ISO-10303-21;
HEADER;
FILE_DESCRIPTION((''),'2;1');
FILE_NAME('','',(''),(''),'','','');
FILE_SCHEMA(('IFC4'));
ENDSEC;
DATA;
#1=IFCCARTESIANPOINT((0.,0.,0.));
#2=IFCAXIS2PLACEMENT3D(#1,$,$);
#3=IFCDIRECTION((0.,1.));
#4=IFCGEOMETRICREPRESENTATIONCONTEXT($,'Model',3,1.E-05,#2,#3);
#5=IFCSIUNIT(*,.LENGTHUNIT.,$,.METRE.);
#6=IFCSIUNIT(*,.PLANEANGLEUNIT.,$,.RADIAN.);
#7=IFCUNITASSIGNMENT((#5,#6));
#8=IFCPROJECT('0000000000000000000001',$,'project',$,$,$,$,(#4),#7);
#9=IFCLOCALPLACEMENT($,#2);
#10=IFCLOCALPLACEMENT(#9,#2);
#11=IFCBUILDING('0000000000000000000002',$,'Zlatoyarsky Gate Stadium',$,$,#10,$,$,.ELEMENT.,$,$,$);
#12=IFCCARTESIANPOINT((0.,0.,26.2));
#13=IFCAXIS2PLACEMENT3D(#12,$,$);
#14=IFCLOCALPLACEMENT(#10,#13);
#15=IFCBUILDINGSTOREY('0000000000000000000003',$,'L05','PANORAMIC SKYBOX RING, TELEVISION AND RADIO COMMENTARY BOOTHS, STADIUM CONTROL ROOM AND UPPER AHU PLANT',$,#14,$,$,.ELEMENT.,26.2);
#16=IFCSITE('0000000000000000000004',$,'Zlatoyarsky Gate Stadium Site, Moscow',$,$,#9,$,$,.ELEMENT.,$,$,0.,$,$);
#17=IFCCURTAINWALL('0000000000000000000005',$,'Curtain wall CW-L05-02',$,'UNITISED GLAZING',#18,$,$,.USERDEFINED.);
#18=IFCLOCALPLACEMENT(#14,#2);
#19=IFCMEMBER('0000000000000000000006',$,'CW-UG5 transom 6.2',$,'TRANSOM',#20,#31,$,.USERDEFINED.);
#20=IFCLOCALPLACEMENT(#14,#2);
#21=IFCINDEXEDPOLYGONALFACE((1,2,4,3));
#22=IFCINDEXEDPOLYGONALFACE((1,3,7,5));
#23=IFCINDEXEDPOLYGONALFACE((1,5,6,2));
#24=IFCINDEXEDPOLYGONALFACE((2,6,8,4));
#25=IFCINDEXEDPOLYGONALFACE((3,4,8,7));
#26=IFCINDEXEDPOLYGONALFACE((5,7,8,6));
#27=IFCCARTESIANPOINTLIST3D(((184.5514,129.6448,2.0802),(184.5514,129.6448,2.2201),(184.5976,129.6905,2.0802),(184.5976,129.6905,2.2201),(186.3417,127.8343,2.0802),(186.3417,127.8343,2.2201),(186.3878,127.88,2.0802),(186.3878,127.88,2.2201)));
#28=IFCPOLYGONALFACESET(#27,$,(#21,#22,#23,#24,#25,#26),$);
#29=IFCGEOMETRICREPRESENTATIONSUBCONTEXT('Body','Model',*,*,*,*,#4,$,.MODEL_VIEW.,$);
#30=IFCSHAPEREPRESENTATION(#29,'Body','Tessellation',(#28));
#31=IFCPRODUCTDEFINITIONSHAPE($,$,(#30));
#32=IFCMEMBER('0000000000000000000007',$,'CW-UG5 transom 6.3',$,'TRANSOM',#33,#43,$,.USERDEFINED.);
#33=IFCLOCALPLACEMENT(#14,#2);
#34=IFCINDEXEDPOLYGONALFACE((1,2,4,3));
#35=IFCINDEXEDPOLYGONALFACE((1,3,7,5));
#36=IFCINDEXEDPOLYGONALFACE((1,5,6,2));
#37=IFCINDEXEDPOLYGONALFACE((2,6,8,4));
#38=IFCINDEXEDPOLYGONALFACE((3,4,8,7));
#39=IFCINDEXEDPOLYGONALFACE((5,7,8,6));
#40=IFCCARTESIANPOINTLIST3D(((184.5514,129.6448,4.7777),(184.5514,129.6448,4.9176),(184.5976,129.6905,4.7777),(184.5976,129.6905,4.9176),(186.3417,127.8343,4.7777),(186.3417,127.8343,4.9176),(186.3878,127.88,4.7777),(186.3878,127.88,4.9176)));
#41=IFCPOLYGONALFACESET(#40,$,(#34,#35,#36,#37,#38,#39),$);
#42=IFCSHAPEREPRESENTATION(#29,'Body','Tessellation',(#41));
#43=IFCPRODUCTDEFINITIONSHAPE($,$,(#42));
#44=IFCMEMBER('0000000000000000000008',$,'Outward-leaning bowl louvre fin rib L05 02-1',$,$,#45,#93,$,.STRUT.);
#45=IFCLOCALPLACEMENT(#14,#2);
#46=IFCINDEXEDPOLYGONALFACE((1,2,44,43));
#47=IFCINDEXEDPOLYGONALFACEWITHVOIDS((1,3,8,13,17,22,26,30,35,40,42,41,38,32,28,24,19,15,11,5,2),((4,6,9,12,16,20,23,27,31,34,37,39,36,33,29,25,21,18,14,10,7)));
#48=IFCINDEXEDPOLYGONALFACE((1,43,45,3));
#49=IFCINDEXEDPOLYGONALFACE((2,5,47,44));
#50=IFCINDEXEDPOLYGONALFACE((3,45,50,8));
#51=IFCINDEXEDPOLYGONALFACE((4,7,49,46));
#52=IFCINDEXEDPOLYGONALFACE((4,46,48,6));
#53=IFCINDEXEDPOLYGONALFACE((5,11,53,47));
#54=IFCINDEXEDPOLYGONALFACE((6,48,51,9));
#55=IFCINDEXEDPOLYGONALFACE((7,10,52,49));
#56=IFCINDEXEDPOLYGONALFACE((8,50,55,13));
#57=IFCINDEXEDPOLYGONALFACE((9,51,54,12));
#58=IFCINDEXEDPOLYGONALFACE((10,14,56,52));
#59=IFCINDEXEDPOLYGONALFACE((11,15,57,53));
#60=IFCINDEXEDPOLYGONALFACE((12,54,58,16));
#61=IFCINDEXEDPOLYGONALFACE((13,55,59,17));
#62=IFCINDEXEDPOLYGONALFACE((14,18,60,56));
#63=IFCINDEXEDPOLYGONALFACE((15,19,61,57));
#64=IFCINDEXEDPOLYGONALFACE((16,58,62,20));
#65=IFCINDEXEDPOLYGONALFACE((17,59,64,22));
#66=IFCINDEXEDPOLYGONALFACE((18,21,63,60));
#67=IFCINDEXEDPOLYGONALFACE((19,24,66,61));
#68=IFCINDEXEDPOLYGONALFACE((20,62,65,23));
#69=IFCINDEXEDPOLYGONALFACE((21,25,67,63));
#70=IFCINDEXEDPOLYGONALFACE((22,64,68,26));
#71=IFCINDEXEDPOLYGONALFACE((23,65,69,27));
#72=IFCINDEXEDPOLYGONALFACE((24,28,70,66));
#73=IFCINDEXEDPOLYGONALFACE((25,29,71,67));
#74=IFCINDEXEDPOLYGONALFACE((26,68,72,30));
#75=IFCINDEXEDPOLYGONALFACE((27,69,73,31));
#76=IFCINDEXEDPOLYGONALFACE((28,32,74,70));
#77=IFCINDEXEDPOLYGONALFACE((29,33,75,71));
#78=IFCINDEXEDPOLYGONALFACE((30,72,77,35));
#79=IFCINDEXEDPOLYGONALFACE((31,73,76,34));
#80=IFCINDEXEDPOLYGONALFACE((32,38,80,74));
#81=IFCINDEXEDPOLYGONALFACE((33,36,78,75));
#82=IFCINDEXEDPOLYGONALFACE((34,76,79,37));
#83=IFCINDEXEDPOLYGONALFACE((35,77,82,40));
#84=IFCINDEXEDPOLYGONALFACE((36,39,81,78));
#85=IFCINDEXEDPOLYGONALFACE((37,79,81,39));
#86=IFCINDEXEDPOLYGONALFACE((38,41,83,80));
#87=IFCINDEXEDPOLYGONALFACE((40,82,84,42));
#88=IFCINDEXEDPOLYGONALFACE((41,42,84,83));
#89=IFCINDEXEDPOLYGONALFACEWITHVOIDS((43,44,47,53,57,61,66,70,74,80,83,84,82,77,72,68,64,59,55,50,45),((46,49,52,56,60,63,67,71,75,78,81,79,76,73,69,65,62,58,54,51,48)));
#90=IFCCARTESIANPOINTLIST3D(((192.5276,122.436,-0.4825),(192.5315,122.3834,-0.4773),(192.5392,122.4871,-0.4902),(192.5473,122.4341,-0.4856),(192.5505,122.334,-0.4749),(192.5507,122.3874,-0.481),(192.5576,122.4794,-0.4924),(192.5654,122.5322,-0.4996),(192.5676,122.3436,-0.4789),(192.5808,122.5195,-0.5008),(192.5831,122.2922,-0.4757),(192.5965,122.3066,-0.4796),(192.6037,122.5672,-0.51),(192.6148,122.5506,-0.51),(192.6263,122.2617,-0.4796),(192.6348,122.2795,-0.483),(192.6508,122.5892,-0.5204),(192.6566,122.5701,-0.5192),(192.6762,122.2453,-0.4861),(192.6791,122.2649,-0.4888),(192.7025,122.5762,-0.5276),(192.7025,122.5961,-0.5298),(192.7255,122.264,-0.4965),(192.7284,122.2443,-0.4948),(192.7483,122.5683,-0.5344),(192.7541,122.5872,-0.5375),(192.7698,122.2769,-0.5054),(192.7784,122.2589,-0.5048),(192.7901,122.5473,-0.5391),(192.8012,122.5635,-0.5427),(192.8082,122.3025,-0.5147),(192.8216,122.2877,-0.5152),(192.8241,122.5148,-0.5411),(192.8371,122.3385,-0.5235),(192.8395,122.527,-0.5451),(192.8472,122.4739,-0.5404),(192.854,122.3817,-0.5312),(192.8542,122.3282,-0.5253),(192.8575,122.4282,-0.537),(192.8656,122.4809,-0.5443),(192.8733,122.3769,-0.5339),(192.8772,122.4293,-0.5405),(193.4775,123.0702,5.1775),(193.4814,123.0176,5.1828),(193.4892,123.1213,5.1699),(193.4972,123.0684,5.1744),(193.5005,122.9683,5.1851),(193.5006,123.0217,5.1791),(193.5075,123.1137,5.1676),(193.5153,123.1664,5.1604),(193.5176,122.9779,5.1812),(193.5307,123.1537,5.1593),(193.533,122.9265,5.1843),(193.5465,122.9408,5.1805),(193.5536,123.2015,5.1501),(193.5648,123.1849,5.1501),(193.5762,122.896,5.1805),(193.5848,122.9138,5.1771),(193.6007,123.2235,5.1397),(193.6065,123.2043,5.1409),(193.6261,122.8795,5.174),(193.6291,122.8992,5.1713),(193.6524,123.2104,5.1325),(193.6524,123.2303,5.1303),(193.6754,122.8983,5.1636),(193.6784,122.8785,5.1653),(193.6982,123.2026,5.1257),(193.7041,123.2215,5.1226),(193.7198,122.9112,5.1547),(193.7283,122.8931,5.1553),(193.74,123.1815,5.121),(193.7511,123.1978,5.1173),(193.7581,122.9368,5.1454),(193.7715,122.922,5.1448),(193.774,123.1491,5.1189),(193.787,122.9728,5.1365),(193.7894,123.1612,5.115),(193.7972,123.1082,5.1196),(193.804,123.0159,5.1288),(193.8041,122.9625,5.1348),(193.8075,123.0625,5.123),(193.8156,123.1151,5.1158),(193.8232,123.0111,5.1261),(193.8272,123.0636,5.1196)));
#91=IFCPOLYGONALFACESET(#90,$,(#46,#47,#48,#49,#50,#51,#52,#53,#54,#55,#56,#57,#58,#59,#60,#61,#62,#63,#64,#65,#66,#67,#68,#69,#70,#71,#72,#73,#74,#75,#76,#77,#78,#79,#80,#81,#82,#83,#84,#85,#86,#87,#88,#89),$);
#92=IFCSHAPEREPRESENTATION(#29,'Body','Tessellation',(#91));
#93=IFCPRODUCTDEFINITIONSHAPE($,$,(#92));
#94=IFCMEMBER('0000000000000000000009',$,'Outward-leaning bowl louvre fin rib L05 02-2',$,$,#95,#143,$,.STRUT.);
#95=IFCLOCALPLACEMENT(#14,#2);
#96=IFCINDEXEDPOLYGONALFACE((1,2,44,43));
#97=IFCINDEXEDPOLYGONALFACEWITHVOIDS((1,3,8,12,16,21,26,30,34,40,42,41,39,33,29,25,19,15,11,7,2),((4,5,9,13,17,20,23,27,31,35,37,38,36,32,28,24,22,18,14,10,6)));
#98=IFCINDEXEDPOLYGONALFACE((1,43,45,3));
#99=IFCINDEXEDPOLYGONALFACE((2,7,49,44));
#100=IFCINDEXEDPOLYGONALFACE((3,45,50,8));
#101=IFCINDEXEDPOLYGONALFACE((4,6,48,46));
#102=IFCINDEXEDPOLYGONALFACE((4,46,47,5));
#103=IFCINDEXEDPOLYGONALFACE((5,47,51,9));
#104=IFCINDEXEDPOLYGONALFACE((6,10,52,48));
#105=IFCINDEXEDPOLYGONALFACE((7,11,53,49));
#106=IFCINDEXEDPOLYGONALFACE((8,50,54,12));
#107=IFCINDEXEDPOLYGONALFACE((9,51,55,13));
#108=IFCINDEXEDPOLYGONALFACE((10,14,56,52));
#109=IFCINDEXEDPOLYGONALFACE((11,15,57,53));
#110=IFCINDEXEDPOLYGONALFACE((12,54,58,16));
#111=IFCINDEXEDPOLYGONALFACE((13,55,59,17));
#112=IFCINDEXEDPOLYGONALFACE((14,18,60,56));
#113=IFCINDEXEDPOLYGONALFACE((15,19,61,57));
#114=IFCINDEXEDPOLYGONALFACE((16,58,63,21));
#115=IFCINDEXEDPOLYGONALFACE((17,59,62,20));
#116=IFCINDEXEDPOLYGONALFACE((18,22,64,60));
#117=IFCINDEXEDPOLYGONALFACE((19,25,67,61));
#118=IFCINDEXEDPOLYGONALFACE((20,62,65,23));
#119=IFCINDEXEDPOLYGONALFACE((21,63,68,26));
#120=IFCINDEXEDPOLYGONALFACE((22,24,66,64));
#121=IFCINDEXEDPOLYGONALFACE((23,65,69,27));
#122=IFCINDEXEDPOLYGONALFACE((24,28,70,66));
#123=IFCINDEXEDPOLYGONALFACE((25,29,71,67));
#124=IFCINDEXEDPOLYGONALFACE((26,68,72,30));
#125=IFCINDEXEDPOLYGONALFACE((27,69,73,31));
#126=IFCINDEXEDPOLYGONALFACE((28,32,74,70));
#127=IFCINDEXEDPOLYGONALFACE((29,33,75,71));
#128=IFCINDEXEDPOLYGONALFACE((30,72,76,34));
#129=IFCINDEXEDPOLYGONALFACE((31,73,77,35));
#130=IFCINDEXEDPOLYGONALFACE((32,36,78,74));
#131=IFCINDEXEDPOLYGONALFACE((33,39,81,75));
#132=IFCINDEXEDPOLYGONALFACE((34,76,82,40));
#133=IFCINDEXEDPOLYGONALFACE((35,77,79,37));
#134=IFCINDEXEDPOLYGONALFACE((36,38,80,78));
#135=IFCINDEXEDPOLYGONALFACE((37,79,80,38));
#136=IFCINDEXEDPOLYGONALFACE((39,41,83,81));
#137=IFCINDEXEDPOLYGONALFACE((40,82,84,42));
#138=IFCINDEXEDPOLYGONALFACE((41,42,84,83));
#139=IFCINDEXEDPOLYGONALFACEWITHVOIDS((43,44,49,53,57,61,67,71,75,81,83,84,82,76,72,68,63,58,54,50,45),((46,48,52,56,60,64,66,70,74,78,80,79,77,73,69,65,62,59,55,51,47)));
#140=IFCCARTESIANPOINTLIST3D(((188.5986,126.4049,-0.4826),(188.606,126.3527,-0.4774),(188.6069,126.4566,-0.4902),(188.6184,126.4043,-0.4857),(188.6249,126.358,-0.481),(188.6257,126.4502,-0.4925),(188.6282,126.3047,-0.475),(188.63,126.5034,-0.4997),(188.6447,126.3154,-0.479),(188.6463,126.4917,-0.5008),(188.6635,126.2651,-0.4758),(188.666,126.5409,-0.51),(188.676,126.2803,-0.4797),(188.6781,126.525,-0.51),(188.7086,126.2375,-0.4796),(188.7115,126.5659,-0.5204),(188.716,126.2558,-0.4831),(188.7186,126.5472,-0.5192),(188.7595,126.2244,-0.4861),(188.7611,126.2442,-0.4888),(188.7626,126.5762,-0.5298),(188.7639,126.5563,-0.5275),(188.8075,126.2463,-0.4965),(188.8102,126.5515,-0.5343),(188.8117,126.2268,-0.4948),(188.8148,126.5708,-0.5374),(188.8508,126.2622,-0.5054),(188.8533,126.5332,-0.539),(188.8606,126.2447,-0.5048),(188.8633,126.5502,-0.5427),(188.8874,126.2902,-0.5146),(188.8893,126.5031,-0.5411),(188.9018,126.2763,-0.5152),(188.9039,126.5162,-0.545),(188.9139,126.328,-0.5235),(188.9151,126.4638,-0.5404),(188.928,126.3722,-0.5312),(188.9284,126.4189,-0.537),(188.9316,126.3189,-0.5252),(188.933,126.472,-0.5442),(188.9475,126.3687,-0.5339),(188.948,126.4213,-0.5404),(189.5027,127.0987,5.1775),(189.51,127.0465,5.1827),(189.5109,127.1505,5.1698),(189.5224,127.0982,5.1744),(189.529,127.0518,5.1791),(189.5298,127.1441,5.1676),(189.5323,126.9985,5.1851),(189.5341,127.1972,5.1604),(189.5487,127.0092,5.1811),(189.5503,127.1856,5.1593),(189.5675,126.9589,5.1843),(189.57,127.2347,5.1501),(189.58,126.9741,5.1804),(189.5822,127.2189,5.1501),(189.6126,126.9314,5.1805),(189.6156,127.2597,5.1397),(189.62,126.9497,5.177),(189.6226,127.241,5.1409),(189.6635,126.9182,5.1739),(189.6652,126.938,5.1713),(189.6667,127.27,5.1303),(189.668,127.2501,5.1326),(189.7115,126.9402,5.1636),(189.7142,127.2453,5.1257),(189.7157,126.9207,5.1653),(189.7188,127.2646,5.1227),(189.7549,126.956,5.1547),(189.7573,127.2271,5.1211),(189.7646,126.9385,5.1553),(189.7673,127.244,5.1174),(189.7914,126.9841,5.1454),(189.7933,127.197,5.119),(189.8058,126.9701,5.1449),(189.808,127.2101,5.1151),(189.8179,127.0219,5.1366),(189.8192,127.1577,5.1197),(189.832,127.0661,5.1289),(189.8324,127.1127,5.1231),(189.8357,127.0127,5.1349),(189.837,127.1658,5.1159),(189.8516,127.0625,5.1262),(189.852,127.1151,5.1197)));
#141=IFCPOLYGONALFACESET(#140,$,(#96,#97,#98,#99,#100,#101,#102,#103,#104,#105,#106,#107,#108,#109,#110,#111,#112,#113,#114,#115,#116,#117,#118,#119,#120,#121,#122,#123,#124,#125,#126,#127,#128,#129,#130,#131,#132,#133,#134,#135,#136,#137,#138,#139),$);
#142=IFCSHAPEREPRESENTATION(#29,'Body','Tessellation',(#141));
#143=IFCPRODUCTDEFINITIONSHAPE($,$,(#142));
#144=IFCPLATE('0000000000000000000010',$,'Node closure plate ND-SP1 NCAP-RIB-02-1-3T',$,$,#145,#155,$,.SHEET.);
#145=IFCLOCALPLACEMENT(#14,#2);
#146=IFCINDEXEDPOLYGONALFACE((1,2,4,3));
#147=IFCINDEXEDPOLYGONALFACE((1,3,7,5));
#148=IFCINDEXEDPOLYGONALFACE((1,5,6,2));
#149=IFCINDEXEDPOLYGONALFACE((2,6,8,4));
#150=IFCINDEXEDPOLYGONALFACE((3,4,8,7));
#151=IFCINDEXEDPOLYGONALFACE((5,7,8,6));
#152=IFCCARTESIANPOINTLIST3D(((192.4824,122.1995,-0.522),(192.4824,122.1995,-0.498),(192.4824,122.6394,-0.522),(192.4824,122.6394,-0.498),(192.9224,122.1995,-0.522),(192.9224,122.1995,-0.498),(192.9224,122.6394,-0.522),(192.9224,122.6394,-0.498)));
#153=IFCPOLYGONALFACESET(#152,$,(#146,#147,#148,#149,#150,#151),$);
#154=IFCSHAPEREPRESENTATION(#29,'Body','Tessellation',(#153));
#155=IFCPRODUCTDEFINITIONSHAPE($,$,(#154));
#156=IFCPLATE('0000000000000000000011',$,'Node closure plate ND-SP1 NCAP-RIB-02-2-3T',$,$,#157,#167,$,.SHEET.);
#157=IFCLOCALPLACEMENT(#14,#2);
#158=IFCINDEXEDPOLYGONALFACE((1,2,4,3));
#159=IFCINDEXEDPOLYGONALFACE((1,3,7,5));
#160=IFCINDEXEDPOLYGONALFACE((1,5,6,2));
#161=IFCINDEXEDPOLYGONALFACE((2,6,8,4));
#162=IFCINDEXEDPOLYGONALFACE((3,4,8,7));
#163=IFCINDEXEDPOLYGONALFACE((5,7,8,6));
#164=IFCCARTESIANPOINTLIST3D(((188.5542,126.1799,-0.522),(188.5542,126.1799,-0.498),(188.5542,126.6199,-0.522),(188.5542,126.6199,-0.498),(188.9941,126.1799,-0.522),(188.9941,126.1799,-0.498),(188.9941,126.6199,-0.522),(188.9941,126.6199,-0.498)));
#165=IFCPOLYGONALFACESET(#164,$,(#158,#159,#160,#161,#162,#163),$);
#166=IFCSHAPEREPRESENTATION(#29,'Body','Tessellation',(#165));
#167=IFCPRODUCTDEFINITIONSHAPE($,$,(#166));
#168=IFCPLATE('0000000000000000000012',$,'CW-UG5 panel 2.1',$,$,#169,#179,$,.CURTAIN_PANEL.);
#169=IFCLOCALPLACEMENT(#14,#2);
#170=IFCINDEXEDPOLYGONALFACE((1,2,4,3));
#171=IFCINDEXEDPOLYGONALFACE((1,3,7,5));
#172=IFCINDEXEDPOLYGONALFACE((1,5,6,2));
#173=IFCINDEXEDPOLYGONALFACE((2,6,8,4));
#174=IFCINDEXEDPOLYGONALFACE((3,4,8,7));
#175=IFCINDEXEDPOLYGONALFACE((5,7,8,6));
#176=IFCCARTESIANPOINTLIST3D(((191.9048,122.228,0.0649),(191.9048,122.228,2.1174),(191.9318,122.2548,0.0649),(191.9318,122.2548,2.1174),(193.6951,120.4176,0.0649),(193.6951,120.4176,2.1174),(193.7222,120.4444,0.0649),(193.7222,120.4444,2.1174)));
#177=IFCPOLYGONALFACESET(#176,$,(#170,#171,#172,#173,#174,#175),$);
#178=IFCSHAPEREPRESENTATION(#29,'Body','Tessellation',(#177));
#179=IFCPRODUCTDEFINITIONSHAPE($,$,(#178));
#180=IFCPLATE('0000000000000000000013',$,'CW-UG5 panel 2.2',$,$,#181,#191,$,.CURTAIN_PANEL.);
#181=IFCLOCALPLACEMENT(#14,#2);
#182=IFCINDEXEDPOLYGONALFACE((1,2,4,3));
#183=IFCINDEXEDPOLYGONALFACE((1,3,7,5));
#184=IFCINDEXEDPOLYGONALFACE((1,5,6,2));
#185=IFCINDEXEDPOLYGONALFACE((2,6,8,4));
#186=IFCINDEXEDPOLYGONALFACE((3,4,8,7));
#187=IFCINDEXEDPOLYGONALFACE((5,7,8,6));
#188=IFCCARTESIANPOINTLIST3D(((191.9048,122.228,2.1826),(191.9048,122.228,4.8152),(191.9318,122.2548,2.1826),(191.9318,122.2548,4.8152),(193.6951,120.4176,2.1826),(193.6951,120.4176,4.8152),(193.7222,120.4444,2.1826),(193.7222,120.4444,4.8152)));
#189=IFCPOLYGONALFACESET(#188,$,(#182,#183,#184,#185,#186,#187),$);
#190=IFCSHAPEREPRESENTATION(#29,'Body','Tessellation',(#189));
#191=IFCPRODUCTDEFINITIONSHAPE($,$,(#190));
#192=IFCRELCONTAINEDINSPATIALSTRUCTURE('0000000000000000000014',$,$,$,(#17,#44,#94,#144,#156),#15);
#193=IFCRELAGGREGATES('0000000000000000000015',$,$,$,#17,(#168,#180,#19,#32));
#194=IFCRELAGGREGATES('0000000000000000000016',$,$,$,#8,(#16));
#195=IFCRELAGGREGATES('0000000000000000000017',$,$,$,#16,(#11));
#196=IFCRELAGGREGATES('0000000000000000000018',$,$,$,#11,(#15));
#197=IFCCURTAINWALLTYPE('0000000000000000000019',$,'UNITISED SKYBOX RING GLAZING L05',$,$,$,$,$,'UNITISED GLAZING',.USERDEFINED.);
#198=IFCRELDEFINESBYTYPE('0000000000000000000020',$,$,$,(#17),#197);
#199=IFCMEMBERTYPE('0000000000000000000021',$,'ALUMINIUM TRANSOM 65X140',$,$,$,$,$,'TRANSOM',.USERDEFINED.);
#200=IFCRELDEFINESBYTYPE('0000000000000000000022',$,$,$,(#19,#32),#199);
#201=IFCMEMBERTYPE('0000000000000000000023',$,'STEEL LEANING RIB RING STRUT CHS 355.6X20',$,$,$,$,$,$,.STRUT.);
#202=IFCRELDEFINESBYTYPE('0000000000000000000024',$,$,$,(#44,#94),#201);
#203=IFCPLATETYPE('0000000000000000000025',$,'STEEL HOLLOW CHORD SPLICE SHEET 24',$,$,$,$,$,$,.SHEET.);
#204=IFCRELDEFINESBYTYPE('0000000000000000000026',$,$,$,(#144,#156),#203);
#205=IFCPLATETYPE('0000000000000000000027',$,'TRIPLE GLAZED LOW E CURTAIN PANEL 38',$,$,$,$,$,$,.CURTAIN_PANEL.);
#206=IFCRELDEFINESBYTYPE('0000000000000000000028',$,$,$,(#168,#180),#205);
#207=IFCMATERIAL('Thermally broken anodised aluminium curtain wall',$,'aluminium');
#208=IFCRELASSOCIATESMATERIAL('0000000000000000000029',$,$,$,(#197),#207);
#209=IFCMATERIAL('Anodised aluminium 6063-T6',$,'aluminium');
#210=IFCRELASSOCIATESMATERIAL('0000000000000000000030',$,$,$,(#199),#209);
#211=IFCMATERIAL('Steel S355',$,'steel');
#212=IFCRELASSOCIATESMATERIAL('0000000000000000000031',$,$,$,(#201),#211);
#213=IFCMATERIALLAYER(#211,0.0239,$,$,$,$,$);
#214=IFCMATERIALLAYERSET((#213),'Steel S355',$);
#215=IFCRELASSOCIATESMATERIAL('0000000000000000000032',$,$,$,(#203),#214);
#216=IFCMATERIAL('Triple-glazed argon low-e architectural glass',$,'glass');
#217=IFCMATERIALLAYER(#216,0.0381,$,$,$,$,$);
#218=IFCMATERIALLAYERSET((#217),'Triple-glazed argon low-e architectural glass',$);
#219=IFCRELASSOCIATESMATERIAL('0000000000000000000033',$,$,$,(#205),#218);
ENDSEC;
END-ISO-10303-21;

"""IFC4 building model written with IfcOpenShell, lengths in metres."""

from ifc_helpers import new_model, si_unit, direction, frame, origin, origin_2d, place, context, subcontext, project, spatial, rectangle, hollow_circle, extrude, material, layer, layer_set, material_profile, profile_set, type_object, element, aggregate, save


model = new_model("IFC4")

# Units and contexts
model_context = context("Model", 3, precision=1e-05, world=origin(), true_north=direction((0.0, 1.0)))
body_context = subcontext(model_context, "Body", "Model", "MODEL_VIEW")
ifc_project = project(units=[si_unit("LENGTHUNIT", "METRE"), si_unit("PLANEANGLEUNIT", "RADIAN")], contexts=[model_context])

# Site, building, storey
site_placement = place(None, origin())
site = spatial("IfcSite", under=ifc_project, at=site_placement, Name="Zlatoyarsky Gate Stadium Site, Moscow", CompositionType="ELEMENT", RefElevation=0.0)
building_placement = place(site_placement, origin())
building = spatial("IfcBuilding", under=site, at=building_placement, Name="Zlatoyarsky Gate Stadium", CompositionType="ELEMENT")
storey_placement = place(building_placement, frame((0.0, 0.0, 26.2)))
storey = spatial("IfcBuildingStorey", under=building, at=storey_placement, Name="L05", Description="PANORAMIC SKYBOX RING, TELEVISION AND RADIO COMMENTARY BOOTHS, STADIUM CONTROL ROOM AND UPPER AHU PLANT", CompositionType="ELEMENT", Elevation=26.2)

# Curtain wall, members
ifc_material_1 = material(Name="Thermally broken anodised aluminium curtain wall", Category="aluminium")
curtain_wall_type = type_object("IfcCurtainWallType", Name="UNITISED SKYBOX RING GLAZING L05", ElementType="UNITISED GLAZING", PredefinedType="USERDEFINED", material=ifc_material_1)
curtain_wall_placement = place(storey_placement, origin())
curtain_wall = element("IfcCurtainWall", 1, at=curtain_wall_placement, inside=storey, type_object=curtain_wall_type, Name="Curtain wall CW-L05-02", ObjectType="UNITISED GLAZING", PredefinedType="USERDEFINED")
ifc_material_2 = material(Name="Anodised aluminium 6063-T6", Category="aluminium")
ifc_material_profile_1 = material_profile(ifc_material_2, rectangle(XDim=0.0649, YDim=0.1399, at=origin_2d()), Name="ALU 65X140")
ifc_profile_set_1 = profile_set([ifc_material_profile_1], Name="Anodised aluminium 6063-T6")
member_type_1 = type_object("IfcMemberType", Name="ALUMINIUM TRANSOM 65X140", ElementType="TRANSOM", PredefinedType="USERDEFINED", material=ifc_profile_set_1)
member_1_placement = place(storey_placement, frame((186.3647, 127.8572, 2.1501), z_axis=(-0.703116, 0.711075, 0.0), x_axis=(-0.711075, -0.703116, 0.0)))
member_1 = element("IfcMember", 2, at=member_1_placement, type_object=member_type_1, Name="CW-UG5 transom 6.2", ObjectType="TRANSOM", PredefinedType="USERDEFINED", context=body_context, shape_type="SweptSolid", body=[
    extrude(rectangle(XDim=0.0649, YDim=0.1399, at=origin_2d()), origin(), (0.0, 0.0, 1.0), 2.5461),
])
member_2_placement = place(storey_placement, frame((186.3647, 127.8572, 4.8477), z_axis=(-0.703116, 0.711075, 0.0), x_axis=(-0.711075, -0.703116, 0.0)))
member_2 = element("IfcMember", 3, at=member_2_placement, type_object=member_type_1, Name="CW-UG5 transom 6.3", ObjectType="TRANSOM", PredefinedType="USERDEFINED", context=body_context, shape_type="SweptSolid", body=[
    extrude(rectangle(XDim=0.0649, YDim=0.1399, at=origin_2d()), origin(), (0.0, 0.0, 1.0), 2.5461),
])

# Members
ifc_material_3 = material(Name="Steel S355", Category="steel")
ifc_material_profile_2 = material_profile(ifc_material_3, hollow_circle(Radius=0.1777, WallThickness=0.02, at=origin_2d()), Name="CHS 355.6X20")
ifc_profile_set_2 = profile_set([ifc_material_profile_2], Name="Steel S355")
member_type_2 = type_object("IfcMemberType", Name="STEEL LEANING RIB RING STRUT CHS 355.6X20", PredefinedType="STRUT", material=ifc_profile_set_2)
member_3_placement = place(storey_placement, frame((192.7024, 122.4194, -0.51), z_axis=(0.164515, 0.109846, 0.980239), x_axis=(-0.555292, 0.831655, 0.0)))
element("IfcMember", 4, at=member_3_placement, inside=storey, type_object=member_type_2, Name="Outward-leaning bowl louvre fin rib L05 02-1", PredefinedType="STRUT", context=body_context, shape_type="SweptSolid", body=[
    extrude(hollow_circle(Radius=0.1777, WallThickness=0.02, at=origin_2d()), origin(), (0.0, 0.0, 1.0), 5.7742),
])
member_4_placement = place(storey_placement, frame((188.7742, 126.3999, -0.51), z_axis=(0.15658, 0.120173, 0.980327), x_axis=(-0.608841, 0.793292, 0.0)))
element("IfcMember", 5, at=member_4_placement, inside=storey, type_object=member_type_2, Name="Outward-leaning bowl louvre fin rib L05 02-2", PredefinedType="STRUT", context=body_context, shape_type="SweptSolid", body=[
    extrude(hollow_circle(Radius=0.1777, WallThickness=0.02, at=origin_2d()), origin(), (0.0, 0.0, 1.0), 5.7737),
])

# Plates
ifc_layer_1 = layer(ifc_material_3, 0.0239)
ifc_layer_set_1 = layer_set([ifc_layer_1], Name="Steel S355")
plate_type_1 = type_object("IfcPlateType", Name="STEEL HOLLOW CHORD SPLICE SHEET 24", PredefinedType="SHEET", material=ifc_layer_set_1)
for number, where, z_axis, x_axis, name in (
    (6, (192.7024, 122.4194, -0.522), (0.0, 0.0, 1.0), (1.0, 0.0, 0.0), "Node closure plate ND-SP1 NCAP-RIB-02-1-3T"),
    (7, (188.7742, 126.3999, -0.522), (0.0, 0.0, 1.0), (1.0, 0.0, 0.0), "Node closure plate ND-SP1 NCAP-RIB-02-2-3T"),
):
    element("IfcPlate", number, at=place(storey_placement, frame(where, z_axis=z_axis, x_axis=x_axis)), inside=storey, type_object=plate_type_1, Name=name, PredefinedType="SHEET", context=body_context, shape_type="SweptSolid", body=[
        extrude(rectangle(XDim=0.4399, YDim=0.4399, at=origin_2d()), origin(), (0.0, 0.0, 1.0), 0.0239),
    ])

# Plates
ifc_material_4 = material(Name="Triple-glazed argon low-e architectural glass", Category="glass")
ifc_layer_2 = layer(ifc_material_4, 0.0381)
ifc_layer_set_2 = layer_set([ifc_layer_2], Name="Triple-glazed argon low-e architectural glass")
plate_type_2 = type_object("IfcPlateType", Name="TRIPLE GLAZED LOW E CURTAIN PANEL 38", PredefinedType="CURTAIN_PANEL", material=ifc_layer_set_2)
plate_1_placement = place(storey_placement, frame((192.8135, 121.3362, 0.0649), z_axis=(0.0, 0.0, 1.0), x_axis=(-0.703156, 0.711036, 0.0)))
plate_1 = element("IfcPlate", 8, at=plate_1_placement, type_object=plate_type_2, Name="CW-UG5 panel 2.1", PredefinedType="CURTAIN_PANEL", context=body_context, shape_type="SweptSolid", body=[
    extrude(rectangle(XDim=2.5461, YDim=0.0381, at=origin_2d()), origin(), (0.0, 0.0, 1.0), 2.0525),
])
plate_2_placement = place(storey_placement, frame((192.8135, 121.3362, 2.1826), z_axis=(0.0, 0.0, 1.0), x_axis=(-0.703156, 0.711036, 0.0)))
plate_2 = element("IfcPlate", 9, at=plate_2_placement, type_object=plate_type_2, Name="CW-UG5 panel 2.2", PredefinedType="CURTAIN_PANEL", context=body_context, shape_type="SweptSolid", body=[
    extrude(rectangle(XDim=2.5461, YDim=0.0381, at=origin_2d()), origin(), (0.0, 0.0, 1.0), 2.6326),
])
aggregate(curtain_wall, [plate_1, plate_2, member_1, member_2])

save(model, "model.ifc")
